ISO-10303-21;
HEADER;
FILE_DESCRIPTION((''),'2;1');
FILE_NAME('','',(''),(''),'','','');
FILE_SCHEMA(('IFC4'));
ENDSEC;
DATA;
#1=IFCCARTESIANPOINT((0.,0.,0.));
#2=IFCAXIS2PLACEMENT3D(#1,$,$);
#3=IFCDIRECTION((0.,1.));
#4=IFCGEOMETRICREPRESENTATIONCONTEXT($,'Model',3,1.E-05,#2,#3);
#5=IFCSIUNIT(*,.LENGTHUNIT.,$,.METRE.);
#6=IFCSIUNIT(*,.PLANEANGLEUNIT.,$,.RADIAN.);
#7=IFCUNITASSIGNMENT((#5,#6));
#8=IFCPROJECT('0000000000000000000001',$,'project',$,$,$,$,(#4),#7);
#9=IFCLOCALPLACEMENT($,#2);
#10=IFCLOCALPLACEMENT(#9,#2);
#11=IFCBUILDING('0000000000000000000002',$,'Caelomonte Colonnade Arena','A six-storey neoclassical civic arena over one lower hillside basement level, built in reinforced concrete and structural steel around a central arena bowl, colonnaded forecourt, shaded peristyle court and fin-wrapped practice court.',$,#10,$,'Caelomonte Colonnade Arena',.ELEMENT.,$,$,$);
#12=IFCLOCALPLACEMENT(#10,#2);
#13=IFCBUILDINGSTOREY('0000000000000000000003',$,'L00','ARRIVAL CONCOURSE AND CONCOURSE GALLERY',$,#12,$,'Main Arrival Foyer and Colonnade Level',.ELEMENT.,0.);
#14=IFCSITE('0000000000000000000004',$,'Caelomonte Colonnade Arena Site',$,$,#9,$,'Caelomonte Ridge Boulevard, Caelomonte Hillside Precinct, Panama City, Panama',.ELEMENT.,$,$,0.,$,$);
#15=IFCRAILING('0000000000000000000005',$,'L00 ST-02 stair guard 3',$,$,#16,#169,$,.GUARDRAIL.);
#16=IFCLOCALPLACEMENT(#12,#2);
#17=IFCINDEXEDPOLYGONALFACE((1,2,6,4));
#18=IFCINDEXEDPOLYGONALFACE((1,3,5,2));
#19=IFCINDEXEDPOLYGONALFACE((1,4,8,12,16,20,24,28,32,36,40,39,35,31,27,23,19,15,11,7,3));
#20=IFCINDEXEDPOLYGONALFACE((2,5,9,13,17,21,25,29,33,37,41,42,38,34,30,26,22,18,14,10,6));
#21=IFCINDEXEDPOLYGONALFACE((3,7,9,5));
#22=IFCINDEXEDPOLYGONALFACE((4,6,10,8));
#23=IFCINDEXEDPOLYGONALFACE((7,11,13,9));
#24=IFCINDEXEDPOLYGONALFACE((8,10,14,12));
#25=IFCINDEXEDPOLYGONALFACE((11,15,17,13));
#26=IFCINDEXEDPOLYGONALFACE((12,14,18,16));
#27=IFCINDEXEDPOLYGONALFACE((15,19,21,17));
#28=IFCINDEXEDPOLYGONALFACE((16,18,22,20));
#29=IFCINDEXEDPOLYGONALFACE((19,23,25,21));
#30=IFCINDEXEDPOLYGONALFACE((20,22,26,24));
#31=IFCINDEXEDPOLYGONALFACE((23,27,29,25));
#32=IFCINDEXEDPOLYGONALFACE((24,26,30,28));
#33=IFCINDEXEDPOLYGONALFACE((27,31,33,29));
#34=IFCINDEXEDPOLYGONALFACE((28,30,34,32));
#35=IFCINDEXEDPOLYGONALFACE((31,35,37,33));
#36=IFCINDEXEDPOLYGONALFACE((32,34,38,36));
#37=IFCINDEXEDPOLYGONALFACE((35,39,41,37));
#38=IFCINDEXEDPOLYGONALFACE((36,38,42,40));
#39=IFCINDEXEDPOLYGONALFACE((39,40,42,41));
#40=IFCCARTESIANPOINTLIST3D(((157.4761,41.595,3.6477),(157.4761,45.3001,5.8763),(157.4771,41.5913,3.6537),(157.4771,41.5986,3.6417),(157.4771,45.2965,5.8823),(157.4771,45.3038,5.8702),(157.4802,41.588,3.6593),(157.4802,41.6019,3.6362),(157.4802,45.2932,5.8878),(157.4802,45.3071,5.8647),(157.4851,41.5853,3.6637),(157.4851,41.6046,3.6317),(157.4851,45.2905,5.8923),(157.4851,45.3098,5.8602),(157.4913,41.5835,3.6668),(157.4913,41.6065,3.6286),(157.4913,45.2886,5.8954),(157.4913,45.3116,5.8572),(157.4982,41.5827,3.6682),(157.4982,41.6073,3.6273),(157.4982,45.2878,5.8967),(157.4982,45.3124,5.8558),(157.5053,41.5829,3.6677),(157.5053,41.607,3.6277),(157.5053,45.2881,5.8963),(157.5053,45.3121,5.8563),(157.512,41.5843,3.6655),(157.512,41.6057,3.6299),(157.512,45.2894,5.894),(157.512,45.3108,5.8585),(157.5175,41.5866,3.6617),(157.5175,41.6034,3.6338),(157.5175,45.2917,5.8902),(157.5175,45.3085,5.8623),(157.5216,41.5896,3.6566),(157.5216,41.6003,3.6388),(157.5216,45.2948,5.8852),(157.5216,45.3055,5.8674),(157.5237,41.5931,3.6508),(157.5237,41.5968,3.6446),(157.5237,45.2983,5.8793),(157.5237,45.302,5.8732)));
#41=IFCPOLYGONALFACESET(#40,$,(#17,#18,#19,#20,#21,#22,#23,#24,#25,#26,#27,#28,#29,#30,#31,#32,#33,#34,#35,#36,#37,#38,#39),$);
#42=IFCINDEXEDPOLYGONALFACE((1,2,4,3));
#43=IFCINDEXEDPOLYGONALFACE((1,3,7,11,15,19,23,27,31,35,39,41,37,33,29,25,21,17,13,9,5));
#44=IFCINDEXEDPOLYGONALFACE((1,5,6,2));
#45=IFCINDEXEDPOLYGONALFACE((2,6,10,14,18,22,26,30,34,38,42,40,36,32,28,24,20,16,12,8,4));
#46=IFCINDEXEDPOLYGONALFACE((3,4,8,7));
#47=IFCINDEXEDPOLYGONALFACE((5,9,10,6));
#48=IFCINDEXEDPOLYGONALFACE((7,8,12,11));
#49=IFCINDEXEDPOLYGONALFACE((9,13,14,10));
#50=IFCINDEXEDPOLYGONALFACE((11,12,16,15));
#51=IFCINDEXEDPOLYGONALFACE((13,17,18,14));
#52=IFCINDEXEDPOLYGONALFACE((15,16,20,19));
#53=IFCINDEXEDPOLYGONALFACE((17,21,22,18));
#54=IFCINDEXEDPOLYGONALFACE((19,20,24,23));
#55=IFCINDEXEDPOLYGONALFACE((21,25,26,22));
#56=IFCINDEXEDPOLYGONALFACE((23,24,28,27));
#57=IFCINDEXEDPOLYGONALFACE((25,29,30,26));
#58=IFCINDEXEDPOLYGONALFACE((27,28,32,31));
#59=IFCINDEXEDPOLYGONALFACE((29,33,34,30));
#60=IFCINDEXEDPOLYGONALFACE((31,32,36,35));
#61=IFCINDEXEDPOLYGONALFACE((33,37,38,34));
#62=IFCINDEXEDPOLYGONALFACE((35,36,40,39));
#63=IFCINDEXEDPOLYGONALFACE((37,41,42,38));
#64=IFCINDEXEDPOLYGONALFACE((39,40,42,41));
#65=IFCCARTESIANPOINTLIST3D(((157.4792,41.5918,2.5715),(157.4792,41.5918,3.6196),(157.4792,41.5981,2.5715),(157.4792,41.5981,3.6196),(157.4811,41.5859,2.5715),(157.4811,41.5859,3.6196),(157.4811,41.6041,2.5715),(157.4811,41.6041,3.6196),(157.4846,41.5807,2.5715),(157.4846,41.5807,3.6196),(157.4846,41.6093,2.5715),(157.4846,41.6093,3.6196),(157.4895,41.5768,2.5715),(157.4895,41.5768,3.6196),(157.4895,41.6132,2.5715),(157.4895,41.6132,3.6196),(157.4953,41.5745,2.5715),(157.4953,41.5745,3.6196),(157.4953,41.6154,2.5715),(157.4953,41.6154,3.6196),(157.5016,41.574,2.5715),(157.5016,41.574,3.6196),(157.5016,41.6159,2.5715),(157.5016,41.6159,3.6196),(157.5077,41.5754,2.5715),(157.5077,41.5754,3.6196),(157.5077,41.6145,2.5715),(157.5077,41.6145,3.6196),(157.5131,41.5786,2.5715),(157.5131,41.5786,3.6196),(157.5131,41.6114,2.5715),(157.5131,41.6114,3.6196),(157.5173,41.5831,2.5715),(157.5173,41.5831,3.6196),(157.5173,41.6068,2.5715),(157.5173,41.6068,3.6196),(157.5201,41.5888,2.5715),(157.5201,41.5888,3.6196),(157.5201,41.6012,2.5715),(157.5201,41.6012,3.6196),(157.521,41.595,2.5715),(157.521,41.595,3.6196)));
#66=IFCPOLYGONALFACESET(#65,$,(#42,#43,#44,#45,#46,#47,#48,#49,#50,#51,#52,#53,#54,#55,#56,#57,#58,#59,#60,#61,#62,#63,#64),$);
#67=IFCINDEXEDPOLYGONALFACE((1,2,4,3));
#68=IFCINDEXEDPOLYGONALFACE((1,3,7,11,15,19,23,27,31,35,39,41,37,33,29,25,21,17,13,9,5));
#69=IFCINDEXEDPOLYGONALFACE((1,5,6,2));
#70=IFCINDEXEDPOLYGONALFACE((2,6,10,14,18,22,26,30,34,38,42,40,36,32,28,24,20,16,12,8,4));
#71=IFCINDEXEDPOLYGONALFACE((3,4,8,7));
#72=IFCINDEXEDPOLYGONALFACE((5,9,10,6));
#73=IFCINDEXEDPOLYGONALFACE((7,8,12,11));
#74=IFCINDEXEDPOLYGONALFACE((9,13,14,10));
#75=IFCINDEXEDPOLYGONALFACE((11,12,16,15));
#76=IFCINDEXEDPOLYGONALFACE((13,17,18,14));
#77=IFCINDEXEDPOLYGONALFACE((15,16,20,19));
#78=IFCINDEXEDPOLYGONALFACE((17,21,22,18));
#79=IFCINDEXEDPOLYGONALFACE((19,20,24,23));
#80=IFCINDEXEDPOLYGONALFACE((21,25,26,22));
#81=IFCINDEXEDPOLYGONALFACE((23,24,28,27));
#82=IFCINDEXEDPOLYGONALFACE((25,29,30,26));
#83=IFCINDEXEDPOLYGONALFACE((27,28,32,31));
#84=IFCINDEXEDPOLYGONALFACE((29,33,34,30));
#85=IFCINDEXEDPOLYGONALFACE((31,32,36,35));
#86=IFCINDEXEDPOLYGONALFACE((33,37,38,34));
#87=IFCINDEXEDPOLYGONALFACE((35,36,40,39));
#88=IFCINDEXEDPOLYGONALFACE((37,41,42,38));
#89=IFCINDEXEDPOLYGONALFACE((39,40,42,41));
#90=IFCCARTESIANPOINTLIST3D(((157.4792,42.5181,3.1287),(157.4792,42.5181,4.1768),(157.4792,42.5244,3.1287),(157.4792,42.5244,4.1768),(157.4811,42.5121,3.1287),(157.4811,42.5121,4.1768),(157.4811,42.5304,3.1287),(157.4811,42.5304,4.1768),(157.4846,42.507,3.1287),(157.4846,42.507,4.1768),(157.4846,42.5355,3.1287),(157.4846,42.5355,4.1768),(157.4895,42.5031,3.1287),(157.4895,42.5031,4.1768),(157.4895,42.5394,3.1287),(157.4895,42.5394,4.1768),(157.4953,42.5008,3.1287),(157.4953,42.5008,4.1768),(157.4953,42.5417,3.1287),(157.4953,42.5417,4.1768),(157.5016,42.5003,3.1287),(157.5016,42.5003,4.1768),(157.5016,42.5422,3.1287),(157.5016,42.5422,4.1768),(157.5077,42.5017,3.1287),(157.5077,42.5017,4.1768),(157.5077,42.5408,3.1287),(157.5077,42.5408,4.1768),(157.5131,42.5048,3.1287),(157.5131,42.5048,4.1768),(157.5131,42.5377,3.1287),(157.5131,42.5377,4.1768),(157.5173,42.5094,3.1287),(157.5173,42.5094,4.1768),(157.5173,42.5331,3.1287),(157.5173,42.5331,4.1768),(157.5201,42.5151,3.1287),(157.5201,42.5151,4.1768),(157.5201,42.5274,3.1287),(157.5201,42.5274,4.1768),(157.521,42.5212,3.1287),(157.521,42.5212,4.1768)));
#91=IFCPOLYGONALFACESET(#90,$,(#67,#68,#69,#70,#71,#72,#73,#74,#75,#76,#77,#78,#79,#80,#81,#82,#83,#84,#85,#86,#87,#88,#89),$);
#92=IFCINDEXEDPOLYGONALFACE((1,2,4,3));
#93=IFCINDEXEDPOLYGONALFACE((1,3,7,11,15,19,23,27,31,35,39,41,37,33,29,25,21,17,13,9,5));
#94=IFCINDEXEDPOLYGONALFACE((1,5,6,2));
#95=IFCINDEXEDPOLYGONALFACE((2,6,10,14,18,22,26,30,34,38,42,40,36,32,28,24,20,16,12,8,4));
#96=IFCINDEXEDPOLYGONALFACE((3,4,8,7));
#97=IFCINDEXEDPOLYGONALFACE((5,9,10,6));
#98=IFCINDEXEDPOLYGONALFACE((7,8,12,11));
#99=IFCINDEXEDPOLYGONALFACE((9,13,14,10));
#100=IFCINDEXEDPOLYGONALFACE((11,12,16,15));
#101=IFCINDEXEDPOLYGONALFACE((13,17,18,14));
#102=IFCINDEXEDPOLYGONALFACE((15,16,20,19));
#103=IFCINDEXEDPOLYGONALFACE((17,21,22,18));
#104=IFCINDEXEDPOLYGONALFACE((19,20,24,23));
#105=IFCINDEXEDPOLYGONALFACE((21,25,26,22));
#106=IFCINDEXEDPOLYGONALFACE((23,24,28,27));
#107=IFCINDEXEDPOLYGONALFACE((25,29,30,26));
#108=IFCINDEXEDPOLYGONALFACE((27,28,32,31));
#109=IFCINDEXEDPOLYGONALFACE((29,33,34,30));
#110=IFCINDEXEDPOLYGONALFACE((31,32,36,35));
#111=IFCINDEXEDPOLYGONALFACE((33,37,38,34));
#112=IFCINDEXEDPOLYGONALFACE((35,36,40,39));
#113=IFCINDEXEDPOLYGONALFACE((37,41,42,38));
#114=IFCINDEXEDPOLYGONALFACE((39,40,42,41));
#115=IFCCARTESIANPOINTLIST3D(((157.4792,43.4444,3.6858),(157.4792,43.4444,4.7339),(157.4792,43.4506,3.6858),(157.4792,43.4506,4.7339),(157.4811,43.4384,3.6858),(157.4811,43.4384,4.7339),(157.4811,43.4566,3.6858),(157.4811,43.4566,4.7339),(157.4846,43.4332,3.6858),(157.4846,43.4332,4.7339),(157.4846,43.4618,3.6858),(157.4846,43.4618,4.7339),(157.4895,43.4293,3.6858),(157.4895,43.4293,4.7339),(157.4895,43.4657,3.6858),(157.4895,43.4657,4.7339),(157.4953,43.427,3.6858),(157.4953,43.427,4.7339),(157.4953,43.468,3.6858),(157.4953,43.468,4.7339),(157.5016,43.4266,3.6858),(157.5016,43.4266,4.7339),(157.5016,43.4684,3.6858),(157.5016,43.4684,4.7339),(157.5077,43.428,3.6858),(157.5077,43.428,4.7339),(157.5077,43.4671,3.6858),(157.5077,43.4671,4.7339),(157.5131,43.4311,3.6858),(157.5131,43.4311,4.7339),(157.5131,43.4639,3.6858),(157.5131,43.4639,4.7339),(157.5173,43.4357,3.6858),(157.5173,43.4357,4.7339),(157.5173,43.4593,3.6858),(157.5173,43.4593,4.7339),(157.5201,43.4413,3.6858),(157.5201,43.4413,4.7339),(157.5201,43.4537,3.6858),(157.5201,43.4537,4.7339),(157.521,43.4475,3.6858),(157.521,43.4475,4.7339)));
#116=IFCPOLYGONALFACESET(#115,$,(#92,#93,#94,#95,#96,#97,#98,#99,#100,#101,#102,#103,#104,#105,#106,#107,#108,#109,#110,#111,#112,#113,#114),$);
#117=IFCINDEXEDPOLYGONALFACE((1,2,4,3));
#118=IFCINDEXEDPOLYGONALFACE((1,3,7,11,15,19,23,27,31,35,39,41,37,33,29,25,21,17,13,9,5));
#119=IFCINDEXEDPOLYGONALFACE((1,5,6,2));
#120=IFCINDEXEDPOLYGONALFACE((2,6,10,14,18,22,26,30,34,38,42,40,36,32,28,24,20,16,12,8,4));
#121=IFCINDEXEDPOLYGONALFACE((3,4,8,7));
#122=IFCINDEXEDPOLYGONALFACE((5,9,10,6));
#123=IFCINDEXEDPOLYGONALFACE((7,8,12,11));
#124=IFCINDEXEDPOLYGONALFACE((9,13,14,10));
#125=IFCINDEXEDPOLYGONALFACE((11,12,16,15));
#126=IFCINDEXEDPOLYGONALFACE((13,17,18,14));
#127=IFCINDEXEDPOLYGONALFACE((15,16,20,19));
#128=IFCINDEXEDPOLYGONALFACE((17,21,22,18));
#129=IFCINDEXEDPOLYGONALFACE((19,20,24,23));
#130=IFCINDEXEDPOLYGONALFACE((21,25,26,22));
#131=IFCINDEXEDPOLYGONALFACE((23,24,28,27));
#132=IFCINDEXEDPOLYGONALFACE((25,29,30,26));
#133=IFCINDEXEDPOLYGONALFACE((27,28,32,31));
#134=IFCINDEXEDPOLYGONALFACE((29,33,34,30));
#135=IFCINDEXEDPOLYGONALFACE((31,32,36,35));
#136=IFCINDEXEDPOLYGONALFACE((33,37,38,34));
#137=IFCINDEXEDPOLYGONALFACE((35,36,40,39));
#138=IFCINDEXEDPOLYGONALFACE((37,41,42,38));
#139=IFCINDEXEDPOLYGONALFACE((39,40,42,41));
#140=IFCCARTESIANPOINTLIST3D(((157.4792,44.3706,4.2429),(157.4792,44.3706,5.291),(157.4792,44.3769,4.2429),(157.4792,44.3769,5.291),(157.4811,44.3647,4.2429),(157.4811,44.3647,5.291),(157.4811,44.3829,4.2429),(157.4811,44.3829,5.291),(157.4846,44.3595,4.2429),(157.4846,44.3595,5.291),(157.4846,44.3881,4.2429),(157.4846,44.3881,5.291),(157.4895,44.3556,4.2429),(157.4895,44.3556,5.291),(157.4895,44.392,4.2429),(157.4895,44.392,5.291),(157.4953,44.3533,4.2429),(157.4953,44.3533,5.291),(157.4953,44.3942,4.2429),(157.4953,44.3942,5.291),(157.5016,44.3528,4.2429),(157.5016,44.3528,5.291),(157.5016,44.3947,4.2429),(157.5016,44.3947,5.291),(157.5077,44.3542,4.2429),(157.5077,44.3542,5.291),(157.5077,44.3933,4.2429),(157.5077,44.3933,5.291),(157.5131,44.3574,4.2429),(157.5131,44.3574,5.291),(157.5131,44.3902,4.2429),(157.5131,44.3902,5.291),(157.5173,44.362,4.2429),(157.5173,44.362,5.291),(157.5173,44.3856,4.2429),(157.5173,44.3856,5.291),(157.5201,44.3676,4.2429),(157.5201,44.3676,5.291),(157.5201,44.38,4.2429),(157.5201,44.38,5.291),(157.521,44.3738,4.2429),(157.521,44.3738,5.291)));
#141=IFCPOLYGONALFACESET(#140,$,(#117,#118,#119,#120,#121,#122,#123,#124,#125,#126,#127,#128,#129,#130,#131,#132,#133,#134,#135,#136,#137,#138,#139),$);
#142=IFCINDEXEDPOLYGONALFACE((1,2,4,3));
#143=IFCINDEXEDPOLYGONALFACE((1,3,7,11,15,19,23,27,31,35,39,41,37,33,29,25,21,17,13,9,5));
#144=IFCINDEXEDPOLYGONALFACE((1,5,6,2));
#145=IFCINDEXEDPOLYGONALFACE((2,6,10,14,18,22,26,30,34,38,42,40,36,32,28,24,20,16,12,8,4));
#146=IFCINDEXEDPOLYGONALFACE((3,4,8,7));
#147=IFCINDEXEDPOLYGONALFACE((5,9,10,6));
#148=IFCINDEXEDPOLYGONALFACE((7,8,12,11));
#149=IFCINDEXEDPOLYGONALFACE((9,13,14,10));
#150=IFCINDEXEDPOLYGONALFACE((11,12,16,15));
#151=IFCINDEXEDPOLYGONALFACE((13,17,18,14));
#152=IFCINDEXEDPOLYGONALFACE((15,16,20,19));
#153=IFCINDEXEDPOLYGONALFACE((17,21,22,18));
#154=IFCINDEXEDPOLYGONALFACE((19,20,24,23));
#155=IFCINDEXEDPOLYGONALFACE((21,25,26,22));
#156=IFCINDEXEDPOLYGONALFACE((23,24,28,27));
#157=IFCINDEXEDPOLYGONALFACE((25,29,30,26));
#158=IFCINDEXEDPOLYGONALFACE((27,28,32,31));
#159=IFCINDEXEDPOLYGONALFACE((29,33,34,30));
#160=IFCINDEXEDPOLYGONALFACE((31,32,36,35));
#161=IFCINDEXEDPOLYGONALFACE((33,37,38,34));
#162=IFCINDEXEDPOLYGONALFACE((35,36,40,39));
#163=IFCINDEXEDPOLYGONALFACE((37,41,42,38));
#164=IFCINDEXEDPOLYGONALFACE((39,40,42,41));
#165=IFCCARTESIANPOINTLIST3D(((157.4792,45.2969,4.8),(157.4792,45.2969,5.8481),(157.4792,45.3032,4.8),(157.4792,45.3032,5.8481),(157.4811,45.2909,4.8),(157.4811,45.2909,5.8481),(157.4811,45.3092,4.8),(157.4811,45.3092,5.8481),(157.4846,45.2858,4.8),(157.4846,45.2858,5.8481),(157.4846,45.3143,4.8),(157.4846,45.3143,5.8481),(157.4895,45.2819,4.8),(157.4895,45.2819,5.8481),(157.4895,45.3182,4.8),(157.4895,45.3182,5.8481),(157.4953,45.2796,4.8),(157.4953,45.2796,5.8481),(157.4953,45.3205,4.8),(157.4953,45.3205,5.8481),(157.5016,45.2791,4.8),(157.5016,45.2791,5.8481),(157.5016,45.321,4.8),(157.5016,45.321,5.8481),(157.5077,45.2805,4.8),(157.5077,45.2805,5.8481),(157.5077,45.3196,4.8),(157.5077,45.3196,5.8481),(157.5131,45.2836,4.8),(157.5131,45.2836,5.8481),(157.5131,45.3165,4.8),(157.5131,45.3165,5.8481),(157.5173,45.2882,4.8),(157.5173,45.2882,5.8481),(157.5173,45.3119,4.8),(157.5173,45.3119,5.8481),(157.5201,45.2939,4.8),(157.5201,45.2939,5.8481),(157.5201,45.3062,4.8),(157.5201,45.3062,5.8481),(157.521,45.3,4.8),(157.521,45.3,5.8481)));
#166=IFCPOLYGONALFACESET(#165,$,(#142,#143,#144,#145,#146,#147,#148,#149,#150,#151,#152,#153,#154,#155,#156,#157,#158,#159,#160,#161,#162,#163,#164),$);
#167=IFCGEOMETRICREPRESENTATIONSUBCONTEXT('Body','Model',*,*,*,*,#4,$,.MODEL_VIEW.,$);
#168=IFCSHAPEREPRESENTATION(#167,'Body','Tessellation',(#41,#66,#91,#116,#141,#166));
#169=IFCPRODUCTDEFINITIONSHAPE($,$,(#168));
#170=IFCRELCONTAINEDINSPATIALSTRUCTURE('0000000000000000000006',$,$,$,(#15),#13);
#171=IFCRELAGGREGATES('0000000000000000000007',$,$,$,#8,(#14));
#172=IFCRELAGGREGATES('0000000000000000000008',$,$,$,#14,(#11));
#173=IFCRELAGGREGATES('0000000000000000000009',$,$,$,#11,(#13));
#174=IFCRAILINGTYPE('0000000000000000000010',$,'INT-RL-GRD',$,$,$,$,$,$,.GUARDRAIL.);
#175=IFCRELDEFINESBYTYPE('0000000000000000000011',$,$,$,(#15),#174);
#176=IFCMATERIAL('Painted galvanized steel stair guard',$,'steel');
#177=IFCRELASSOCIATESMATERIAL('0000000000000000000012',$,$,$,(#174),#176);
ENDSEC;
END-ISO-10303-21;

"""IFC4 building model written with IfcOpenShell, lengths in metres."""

from ifc_helpers import new_model, si_unit, direction, frame, origin, origin_2d, place, context, subcontext, project, spatial, circle, extrude, material, type_object, element, save


model = new_model("IFC4")

# Units and contexts
model_context = context("Model", 3, precision=1e-05, world=origin(), true_north=direction((0.0, 1.0)))
body_context = subcontext(model_context, "Body", "Model", "MODEL_VIEW")
ifc_project = project(units=[si_unit("LENGTHUNIT", "METRE"), si_unit("PLANEANGLEUNIT", "RADIAN")], contexts=[model_context])

# Site, building, storey
site_placement = place(None, origin())
site = spatial("IfcSite", under=ifc_project, at=site_placement, Name="Caelomonte Colonnade Arena Site", LongName="Caelomonte Ridge Boulevard, Caelomonte Hillside Precinct, Panama City, Panama", CompositionType="ELEMENT", RefElevation=0.0)
building_placement = place(site_placement, origin())
building = spatial("IfcBuilding", under=site, at=building_placement, Name="Caelomonte Colonnade Arena", Description="A six-storey neoclassical civic arena over one lower hillside basement level, built in reinforced concrete and structural steel around a central arena bowl, colonnaded forecourt, shaded peristyle court and fin-wrapped practice court.", LongName="Caelomonte Colonnade Arena", CompositionType="ELEMENT")
storey_placement = place(building_placement, origin())
storey = spatial("IfcBuildingStorey", under=building, at=storey_placement, Name="L00", Description="ARRIVAL CONCOURSE AND CONCOURSE GALLERY", LongName="Main Arrival Foyer and Colonnade Level", CompositionType="ELEMENT", Elevation=0.0)

# Railing
ifc_material_1 = material(Name="Painted galvanized steel stair guard", Category="steel")
railing_type_1 = type_object("IfcRailingType", Name="INT-RL-GRD", PredefinedType="GUARDRAIL", material=ifc_material_1)
railing_1_placement = place(storey_placement, frame((157.5, 41.595, 2.5715)))
element("IfcRailing", 1, at=railing_1_placement, inside=storey, type_object=railing_type_1, Name="L00 ST-02 stair guard 3", PredefinedType="GUARDRAIL", context=body_context, shape_type="SweptSolid", body=[
    extrude(circle(Radius=0.0239, at=origin_2d()), frame((0.0, 0.0, 1.0762), z_axis=(0.0, 0.856934, 0.515425), x_axis=(-1.0, 0.0, 0.0)), (0.0, 0.0, 1.0), 4.3237),
    extrude(circle(Radius=0.021, at=origin_2d()), origin(), (0.0, 0.0, 1.0), 1.0481),
    extrude(circle(Radius=0.021, at=origin_2d()), frame((0.0, 0.9263, 0.5571)), (0.0, 0.0, 1.0), 1.0481),
    extrude(circle(Radius=0.021, at=origin_2d()), frame((0.0, 1.8525, 1.1143)), (0.0, 0.0, 1.0), 1.0481),
    extrude(circle(Radius=0.021, at=origin_2d()), frame((0.0, 2.7788, 1.6714)), (0.0, 0.0, 1.0), 1.0481),
    extrude(circle(Radius=0.021, at=origin_2d()), frame((0.0, 3.7051, 2.2285)), (0.0, 0.0, 1.0), 1.0481),
])

save(model, "model.ifc")
